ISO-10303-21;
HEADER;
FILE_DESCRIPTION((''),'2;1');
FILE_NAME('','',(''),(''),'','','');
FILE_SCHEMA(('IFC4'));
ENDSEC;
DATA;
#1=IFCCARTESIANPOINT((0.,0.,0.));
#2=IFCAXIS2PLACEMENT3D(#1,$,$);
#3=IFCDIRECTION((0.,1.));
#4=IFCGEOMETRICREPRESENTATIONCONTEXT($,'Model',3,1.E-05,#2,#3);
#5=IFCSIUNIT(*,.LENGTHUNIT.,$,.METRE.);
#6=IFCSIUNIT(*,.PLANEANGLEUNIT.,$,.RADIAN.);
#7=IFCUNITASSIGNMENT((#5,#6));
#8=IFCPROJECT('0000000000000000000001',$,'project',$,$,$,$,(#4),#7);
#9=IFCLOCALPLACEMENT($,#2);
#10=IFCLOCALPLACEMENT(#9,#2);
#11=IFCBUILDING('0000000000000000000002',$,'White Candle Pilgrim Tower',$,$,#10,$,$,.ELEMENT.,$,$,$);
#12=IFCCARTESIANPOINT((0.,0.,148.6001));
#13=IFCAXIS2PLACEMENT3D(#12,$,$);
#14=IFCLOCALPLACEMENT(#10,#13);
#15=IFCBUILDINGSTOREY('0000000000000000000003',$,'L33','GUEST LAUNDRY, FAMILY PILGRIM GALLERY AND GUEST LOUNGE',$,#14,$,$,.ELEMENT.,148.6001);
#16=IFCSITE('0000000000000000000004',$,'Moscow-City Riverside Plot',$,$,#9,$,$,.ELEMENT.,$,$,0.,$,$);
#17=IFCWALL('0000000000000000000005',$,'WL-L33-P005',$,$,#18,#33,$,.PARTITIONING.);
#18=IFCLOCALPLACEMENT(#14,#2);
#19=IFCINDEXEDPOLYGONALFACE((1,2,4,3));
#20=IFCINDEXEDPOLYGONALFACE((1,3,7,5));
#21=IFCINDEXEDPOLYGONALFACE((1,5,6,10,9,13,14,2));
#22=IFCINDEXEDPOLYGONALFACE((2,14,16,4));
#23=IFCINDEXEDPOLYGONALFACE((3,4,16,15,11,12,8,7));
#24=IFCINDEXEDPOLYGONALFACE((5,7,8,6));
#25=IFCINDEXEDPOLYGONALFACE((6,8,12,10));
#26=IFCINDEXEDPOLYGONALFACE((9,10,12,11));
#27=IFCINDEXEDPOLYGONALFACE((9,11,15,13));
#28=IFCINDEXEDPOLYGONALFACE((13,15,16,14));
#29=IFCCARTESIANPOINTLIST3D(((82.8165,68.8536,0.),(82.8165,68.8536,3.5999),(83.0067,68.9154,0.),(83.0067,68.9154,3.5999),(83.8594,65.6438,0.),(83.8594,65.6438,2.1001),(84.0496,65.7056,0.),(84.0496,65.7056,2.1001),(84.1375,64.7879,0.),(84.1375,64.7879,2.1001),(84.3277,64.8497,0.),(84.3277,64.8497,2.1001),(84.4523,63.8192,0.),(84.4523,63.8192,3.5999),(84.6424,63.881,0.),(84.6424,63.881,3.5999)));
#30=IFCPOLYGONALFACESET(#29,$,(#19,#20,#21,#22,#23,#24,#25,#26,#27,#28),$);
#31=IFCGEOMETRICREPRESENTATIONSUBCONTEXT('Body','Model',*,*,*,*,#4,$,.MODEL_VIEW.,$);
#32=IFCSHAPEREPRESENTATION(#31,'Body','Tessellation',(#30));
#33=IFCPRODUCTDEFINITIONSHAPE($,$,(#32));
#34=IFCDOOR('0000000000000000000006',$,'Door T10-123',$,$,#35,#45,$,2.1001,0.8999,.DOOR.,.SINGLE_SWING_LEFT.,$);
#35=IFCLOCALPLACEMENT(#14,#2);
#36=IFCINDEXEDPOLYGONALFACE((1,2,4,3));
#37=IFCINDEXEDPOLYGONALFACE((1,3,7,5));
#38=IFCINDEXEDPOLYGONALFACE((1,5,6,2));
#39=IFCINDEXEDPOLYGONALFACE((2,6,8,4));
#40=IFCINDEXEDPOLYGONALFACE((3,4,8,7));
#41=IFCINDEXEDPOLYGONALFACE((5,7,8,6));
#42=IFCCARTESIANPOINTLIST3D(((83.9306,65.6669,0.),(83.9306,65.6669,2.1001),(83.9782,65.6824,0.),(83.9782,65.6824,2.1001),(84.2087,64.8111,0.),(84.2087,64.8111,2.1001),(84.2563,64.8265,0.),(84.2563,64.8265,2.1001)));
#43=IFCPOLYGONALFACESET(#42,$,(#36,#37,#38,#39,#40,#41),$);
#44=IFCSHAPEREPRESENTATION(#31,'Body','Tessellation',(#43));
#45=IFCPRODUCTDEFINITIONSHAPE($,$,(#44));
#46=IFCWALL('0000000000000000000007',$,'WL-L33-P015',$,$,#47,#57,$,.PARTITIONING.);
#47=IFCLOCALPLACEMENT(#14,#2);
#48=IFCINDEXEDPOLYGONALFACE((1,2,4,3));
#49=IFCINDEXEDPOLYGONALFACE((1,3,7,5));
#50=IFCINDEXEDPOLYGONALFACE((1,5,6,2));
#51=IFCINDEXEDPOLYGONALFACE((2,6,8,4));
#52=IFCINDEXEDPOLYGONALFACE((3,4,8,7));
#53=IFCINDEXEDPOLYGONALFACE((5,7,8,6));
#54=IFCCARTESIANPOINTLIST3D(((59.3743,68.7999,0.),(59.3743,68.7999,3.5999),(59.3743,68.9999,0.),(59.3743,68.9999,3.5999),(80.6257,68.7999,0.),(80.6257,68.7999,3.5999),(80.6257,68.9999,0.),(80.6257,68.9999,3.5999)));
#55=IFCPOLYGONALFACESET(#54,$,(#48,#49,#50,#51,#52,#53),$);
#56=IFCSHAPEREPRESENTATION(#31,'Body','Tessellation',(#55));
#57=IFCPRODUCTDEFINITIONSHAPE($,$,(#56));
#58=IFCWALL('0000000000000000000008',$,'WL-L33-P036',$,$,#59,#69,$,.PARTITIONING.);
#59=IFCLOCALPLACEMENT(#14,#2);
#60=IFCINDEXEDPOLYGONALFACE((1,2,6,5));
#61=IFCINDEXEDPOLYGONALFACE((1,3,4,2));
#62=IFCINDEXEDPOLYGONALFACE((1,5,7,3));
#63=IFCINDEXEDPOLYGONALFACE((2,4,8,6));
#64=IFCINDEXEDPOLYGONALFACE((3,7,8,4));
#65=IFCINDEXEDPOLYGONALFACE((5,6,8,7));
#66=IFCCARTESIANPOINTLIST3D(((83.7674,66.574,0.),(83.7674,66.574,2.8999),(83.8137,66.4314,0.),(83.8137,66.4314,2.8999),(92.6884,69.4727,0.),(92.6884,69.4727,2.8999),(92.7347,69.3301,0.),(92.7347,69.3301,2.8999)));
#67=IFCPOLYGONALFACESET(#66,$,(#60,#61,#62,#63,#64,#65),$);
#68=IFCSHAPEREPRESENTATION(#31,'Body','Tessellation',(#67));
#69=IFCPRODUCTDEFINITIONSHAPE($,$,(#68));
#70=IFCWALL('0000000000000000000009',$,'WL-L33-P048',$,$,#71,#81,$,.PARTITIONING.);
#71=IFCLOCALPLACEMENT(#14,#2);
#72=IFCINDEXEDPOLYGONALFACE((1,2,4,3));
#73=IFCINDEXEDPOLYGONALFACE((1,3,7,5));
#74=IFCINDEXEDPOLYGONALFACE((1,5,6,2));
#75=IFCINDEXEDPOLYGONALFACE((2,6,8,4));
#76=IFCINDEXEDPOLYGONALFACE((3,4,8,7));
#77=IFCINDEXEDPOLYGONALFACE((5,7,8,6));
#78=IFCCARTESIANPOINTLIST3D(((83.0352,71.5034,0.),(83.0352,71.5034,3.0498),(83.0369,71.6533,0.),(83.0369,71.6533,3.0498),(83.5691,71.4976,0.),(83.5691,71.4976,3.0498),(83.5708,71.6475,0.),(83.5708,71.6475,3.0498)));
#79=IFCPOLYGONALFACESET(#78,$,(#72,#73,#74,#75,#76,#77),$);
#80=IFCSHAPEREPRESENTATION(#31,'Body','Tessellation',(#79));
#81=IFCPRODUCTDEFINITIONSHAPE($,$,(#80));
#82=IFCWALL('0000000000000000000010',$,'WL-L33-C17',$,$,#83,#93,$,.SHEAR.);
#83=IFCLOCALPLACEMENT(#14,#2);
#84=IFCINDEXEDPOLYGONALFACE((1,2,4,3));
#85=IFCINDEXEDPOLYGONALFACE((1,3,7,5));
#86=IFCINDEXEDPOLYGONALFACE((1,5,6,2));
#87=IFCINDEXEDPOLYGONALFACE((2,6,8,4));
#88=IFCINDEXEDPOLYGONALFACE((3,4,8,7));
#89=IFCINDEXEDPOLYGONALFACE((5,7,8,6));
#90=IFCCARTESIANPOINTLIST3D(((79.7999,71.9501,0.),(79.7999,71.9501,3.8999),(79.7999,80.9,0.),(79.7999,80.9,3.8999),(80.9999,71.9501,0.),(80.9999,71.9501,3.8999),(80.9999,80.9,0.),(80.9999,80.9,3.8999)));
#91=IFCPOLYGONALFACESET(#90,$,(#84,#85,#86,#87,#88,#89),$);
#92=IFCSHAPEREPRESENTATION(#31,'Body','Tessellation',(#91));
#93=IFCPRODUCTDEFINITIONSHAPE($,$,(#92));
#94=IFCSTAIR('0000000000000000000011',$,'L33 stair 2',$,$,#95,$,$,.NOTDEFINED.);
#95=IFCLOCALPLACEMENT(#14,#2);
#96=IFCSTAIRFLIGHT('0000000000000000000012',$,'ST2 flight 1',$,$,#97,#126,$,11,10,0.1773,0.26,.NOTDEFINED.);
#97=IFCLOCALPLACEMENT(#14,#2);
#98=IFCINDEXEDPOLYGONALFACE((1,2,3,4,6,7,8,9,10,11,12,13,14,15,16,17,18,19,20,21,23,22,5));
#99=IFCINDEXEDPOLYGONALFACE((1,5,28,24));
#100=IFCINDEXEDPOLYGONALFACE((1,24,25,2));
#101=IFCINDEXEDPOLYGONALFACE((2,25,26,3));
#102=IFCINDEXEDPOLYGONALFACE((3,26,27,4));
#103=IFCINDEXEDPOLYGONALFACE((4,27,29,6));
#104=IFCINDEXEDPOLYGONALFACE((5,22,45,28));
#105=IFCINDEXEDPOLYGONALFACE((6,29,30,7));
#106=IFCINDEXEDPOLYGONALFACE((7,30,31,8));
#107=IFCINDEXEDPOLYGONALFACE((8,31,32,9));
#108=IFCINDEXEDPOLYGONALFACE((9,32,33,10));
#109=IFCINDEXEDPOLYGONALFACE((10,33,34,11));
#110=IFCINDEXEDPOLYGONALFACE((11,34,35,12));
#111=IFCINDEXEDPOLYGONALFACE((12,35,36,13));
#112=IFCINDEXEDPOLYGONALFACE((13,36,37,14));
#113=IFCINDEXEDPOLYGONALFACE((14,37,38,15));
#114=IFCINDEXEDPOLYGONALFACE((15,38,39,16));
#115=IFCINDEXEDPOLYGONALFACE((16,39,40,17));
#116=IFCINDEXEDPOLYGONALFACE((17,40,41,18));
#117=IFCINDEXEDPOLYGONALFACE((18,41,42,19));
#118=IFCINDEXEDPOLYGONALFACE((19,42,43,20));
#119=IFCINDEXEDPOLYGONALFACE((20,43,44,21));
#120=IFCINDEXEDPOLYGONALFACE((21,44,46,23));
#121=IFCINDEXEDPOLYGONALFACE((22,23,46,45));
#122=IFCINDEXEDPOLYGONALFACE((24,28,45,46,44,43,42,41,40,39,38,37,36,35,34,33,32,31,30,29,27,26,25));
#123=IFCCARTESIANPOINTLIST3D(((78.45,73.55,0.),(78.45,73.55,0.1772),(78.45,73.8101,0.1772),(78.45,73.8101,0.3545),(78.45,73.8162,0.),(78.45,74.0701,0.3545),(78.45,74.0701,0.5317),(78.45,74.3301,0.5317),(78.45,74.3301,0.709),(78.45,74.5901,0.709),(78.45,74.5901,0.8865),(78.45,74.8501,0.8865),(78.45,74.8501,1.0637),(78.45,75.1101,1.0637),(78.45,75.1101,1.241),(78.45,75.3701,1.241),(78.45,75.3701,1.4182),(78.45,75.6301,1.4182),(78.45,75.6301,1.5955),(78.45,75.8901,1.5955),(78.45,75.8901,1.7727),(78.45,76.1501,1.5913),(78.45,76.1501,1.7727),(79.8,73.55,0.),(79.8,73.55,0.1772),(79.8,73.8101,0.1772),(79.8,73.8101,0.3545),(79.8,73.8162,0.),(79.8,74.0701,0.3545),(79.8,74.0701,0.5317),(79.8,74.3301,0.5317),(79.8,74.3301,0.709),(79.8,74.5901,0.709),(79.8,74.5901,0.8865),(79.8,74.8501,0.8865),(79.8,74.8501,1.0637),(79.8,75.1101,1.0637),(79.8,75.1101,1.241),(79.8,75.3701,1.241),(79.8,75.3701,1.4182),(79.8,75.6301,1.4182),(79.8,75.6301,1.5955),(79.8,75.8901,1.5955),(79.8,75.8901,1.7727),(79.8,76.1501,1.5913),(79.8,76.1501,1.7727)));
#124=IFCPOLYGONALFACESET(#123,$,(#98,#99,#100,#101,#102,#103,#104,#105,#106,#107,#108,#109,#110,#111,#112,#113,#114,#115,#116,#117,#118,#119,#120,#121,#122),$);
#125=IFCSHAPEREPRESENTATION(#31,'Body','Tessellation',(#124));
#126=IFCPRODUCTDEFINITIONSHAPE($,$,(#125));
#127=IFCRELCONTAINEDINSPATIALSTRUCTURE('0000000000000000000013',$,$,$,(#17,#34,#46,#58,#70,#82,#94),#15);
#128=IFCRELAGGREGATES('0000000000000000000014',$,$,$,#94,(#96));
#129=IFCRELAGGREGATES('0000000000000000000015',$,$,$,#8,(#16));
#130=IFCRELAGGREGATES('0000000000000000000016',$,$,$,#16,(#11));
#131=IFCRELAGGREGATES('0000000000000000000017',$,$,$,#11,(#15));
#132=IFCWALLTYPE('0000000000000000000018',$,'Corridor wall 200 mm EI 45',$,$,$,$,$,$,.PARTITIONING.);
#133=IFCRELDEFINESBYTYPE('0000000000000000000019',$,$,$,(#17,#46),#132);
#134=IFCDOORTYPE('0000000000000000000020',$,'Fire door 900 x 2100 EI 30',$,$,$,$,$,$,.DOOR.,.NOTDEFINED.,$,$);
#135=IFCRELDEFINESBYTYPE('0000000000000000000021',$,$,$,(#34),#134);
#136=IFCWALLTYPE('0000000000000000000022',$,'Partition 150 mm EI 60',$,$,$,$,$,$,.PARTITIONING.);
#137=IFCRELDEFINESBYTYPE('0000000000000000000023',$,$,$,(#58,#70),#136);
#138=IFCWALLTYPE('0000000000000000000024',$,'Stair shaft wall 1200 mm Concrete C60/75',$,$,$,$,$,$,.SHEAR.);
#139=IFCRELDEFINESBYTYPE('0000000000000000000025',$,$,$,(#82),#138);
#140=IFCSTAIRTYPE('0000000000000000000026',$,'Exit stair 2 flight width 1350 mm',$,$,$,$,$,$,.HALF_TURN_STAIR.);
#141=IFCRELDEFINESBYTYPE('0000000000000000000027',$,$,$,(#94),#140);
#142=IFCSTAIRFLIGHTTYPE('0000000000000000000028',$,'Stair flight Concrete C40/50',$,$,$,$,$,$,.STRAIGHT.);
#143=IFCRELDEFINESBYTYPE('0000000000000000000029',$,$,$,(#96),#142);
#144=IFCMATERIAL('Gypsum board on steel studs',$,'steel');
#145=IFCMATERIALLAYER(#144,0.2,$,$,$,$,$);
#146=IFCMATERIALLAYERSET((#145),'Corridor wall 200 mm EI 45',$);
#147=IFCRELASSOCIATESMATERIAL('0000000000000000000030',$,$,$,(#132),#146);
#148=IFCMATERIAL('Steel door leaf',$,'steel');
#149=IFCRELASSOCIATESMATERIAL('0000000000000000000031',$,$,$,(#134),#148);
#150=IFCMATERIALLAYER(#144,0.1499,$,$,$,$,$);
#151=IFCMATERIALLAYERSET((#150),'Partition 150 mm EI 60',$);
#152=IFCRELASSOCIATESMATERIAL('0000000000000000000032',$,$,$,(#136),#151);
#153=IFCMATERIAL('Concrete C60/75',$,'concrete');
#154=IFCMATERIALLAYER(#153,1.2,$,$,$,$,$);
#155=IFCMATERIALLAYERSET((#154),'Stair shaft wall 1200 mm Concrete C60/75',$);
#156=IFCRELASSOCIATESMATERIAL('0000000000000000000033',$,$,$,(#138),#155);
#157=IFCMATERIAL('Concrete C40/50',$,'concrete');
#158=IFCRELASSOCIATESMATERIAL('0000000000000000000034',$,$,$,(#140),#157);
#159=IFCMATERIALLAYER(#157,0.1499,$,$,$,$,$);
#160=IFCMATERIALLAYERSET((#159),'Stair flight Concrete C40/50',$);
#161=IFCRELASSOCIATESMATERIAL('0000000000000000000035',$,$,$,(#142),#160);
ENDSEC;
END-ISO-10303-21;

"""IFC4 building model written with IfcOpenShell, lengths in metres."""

from ifc_helpers import new_model, si_unit, direction, frame, frame_2d, origin, place, context, subcontext, project, spatial, polyline, rectangle, outline, extrude, material, layer, layer_set, type_object, element, fill, aggregate, save


model = new_model("IFC4")

# Units and contexts
model_context = context("Model", 3, precision=1e-05, world=origin(), true_north=direction((0.0, 1.0)))
body_context = subcontext(model_context, "Body", "Model", "MODEL_VIEW")
ifc_project = project(units=[si_unit("LENGTHUNIT", "METRE"), si_unit("PLANEANGLEUNIT", "RADIAN")], contexts=[model_context])

# Site, building, storey
site_placement = place(None, origin())
site = spatial("IfcSite", under=ifc_project, at=site_placement, Name="Moscow-City Riverside Plot", CompositionType="ELEMENT", RefElevation=0.0)
building_placement = place(site_placement, origin())
building = spatial("IfcBuilding", under=site, at=building_placement, Name="White Candle Pilgrim Tower", CompositionType="ELEMENT")
storey_placement = place(building_placement, frame((0.0, 0.0, 148.6001)))
storey = spatial("IfcBuildingStorey", under=building, at=storey_placement, Name="L33", Description="GUEST LAUNDRY, FAMILY PILGRIM GALLERY AND GUEST LOUNGE", CompositionType="ELEMENT", Elevation=148.6001)

# Wall, opening, door
ifc_material_1 = material(Name="Gypsum board on steel studs", Category="steel")
ifc_layer_1 = layer(ifc_material_1, 0.2)
ifc_layer_set_1 = layer_set([ifc_layer_1], Name="Corridor wall 200 mm EI 45")
wall_type_1 = type_object("IfcWallType", Name="Corridor wall 200 mm EI 45", PredefinedType="PARTITIONING", material=ifc_layer_set_1)
wall_1_placement = place(storey_placement, frame((82.9116, 68.8845, 0.0), z_axis=(0.0, 0.0, 1.0), x_axis=(0.30901, -0.951059, 0.0)))
wall_1 = element("IfcWall", 1, at=wall_1_placement, inside=storey, type_object=wall_type_1, Name="WL-L33-P005", PredefinedType="PARTITIONING", context=body_context, shape_type="SweptSolid", body=[
    extrude(rectangle(XDim=5.2935, YDim=0.2, at=frame_2d((2.6467, 0.0))), origin(), (0.0, 0.0, 1.0), 3.5999),
])
opening_placement = place(wall_1_placement, frame((3.375, 0.0, 0.0)))
opening = element("IfcOpeningElement", 2, at=opening_placement, cuts=wall_1, PredefinedType="OPENING", context=body_context, shape_type="SweptSolid", body=[
    extrude(rectangle(XDim=0.8999, YDim=2.1001, at=frame_2d((0.45, 1.05))), frame((0.0, 0.1099, 0.0), z_axis=(0.0, -1.0, 0.0), x_axis=(1.0, 0.0, 0.0)), (0.0, 0.0, 1.0), 0.22),
])
ifc_material_2 = material(Name="Steel door leaf", Category="steel")
door_type = type_object("IfcDoorType", Name="Fire door 900 x 2100 EI 30", OperationType="NOTDEFINED", PredefinedType="DOOR", material=ifc_material_2)
door_placement = place(opening_placement, origin())
door = element("IfcDoor", 3, at=door_placement, inside=storey, type_object=door_type, Name="Door T10-123", OperationType="SINGLE_SWING_LEFT", OverallHeight=2.1001, OverallWidth=0.8999, PredefinedType="DOOR", context=body_context, shape_type="SweptSolid", body=[
    extrude(rectangle(XDim=0.8999, YDim=2.1001, at=frame_2d((0.45, 1.05))), frame((0.0, 0.0249, 0.0), z_axis=(0.0, -1.0, 0.0), x_axis=(1.0, 0.0, 0.0)), (0.0, 0.0, 1.0), 0.05),
])
fill(opening, door)

# Walls
wall_2_placement = place(storey_placement, frame((80.6257, 68.8999, 0.0), z_axis=(0.0, 0.0, 1.0), x_axis=(-1.0, 0.0, 0.0)))
element("IfcWall", 4, at=wall_2_placement, inside=storey, type_object=wall_type_1, Name="WL-L33-P015", PredefinedType="PARTITIONING", context=body_context, shape_type="SweptSolid", body=[
    extrude(rectangle(XDim=21.2515, YDim=0.2, at=frame_2d((10.6257, 0.0))), origin(), (0.0, 0.0, 1.0), 3.5999),
])
ifc_layer_2 = layer(ifc_material_1, 0.1499)
ifc_layer_set_2 = layer_set([ifc_layer_2], Name="Partition 150 mm EI 60")
wall_type_2 = type_object("IfcWallType", Name="Partition 150 mm EI 60", PredefinedType="PARTITIONING", material=ifc_layer_set_2)
wall_3_placement = place(storey_placement, frame((92.7114, 69.4014, 0.0), z_axis=(0.0, 0.0, 1.0), x_axis=(-0.951053, -0.309027, 0.0)))
element("IfcWall", 5, at=wall_3_placement, inside=storey, type_object=wall_type_2, Name="WL-L33-P036", PredefinedType="PARTITIONING", context=body_context, shape_type="SweptSolid", body=[
    extrude(rectangle(XDim=9.3801, YDim=0.1499, at=frame_2d((4.6899, 0.0))), origin(), (0.0, 0.0, 1.0), 2.8999),
])
wall_4_placement = place(storey_placement, frame((83.5701, 71.5725, 0.0), z_axis=(0.0, 0.0, 1.0), x_axis=(-0.99994, 0.010973, 0.0)))
element("IfcWall", 6, at=wall_4_placement, inside=storey, type_object=wall_type_2, Name="WL-L33-P048", PredefinedType="PARTITIONING", context=body_context, shape_type="SweptSolid", body=[
    extrude(rectangle(XDim=0.5339, YDim=0.1499, at=frame_2d((0.2671, 0.0))), origin(), (0.0, 0.0, 1.0), 3.0498),
])
ifc_material_3 = material(Name="Concrete C60/75", Category="concrete")
ifc_layer_3 = layer(ifc_material_3, 1.2)
ifc_layer_set_3 = layer_set([ifc_layer_3], Name="Stair shaft wall 1200 mm Concrete C60/75")
wall_type_3 = type_object("IfcWallType", Name="Stair shaft wall 1200 mm Concrete C60/75", PredefinedType="SHEAR", material=ifc_layer_set_3)
wall_5_placement = place(storey_placement, frame((80.3999, 71.95, 0.0), z_axis=(0.0, 0.0, 1.0), x_axis=(0.0, 1.0, 0.0)))
element("IfcWall", 7, at=wall_5_placement, inside=storey, type_object=wall_type_3, Name="WL-L33-C17", PredefinedType="SHEAR", context=body_context, shape_type="SweptSolid", body=[
    extrude(rectangle(XDim=8.95, YDim=1.2, at=frame_2d((4.4751, 0.0))), origin(), (0.0, 0.0, 1.0), 3.8999),
])

# Stair, stair flight
ifc_material_4 = material(Name="Concrete C40/50", Category="concrete")
stair_type = type_object("IfcStairType", Name="Exit stair 2 flight width 1350 mm", PredefinedType="HALF_TURN_STAIR", material=ifc_material_4)
stair_placement = place(storey_placement, origin())
stair = element("IfcStair", 8, at=stair_placement, inside=storey, type_object=stair_type, Name="L33 stair 2", PredefinedType="NOTDEFINED")
ifc_layer_4 = layer(ifc_material_4, 0.1499)
ifc_layer_set_4 = layer_set([ifc_layer_4], Name="Stair flight Concrete C40/50")
stair_flight_type = type_object("IfcStairFlightType", Name="Stair flight Concrete C40/50", PredefinedType="STRAIGHT", material=ifc_layer_set_4)
stair_flight_placement = place(storey_placement, frame((79.125, 73.55, 0.0), z_axis=(0.0, 0.0, 1.0), x_axis=(0.0, 1.0, 0.0)))
stair_flight = element("IfcStairFlight", 9, at=stair_flight_placement, type_object=stair_flight_type, Name="ST2 flight 1", NumberOfRisers=11, NumberOfTreads=10, PredefinedType="NOTDEFINED", RiserHeight=0.1773, TreadLength=0.26, context=body_context, shape_type="SweptSolid", body=[
    extrude(outline(polyline([(0.0, 0.0), (0.0, 0.1772), (0.26, 0.1772), (0.26, 0.3545), (0.52, 0.3545), (0.52, 0.5317), (0.78, 0.5317), (0.78, 0.709), (1.04, 0.709), (1.04, 0.8865), (1.3, 0.8865), (1.3, 1.0637), (1.5601, 1.0637), (1.5601, 1.241), (1.8201, 1.241), (1.8201, 1.4182), (2.0801, 1.4182), (2.0801, 1.5955), (2.3401, 1.5955), (2.3401, 1.7727), (2.6001, 1.7727), (2.6001, 1.95), (2.6001, 1.5913), (0.2661, 0.0), (0.0, 0.0)])), frame((0.0, 0.675, 0.0), z_axis=(0.0, -1.0, 0.0), x_axis=(1.0, 0.0, 0.0)), (0.0, 0.0, 1.0), 1.3501),
])
aggregate(stair, [stair_flight])

save(model, "model.ifc")
